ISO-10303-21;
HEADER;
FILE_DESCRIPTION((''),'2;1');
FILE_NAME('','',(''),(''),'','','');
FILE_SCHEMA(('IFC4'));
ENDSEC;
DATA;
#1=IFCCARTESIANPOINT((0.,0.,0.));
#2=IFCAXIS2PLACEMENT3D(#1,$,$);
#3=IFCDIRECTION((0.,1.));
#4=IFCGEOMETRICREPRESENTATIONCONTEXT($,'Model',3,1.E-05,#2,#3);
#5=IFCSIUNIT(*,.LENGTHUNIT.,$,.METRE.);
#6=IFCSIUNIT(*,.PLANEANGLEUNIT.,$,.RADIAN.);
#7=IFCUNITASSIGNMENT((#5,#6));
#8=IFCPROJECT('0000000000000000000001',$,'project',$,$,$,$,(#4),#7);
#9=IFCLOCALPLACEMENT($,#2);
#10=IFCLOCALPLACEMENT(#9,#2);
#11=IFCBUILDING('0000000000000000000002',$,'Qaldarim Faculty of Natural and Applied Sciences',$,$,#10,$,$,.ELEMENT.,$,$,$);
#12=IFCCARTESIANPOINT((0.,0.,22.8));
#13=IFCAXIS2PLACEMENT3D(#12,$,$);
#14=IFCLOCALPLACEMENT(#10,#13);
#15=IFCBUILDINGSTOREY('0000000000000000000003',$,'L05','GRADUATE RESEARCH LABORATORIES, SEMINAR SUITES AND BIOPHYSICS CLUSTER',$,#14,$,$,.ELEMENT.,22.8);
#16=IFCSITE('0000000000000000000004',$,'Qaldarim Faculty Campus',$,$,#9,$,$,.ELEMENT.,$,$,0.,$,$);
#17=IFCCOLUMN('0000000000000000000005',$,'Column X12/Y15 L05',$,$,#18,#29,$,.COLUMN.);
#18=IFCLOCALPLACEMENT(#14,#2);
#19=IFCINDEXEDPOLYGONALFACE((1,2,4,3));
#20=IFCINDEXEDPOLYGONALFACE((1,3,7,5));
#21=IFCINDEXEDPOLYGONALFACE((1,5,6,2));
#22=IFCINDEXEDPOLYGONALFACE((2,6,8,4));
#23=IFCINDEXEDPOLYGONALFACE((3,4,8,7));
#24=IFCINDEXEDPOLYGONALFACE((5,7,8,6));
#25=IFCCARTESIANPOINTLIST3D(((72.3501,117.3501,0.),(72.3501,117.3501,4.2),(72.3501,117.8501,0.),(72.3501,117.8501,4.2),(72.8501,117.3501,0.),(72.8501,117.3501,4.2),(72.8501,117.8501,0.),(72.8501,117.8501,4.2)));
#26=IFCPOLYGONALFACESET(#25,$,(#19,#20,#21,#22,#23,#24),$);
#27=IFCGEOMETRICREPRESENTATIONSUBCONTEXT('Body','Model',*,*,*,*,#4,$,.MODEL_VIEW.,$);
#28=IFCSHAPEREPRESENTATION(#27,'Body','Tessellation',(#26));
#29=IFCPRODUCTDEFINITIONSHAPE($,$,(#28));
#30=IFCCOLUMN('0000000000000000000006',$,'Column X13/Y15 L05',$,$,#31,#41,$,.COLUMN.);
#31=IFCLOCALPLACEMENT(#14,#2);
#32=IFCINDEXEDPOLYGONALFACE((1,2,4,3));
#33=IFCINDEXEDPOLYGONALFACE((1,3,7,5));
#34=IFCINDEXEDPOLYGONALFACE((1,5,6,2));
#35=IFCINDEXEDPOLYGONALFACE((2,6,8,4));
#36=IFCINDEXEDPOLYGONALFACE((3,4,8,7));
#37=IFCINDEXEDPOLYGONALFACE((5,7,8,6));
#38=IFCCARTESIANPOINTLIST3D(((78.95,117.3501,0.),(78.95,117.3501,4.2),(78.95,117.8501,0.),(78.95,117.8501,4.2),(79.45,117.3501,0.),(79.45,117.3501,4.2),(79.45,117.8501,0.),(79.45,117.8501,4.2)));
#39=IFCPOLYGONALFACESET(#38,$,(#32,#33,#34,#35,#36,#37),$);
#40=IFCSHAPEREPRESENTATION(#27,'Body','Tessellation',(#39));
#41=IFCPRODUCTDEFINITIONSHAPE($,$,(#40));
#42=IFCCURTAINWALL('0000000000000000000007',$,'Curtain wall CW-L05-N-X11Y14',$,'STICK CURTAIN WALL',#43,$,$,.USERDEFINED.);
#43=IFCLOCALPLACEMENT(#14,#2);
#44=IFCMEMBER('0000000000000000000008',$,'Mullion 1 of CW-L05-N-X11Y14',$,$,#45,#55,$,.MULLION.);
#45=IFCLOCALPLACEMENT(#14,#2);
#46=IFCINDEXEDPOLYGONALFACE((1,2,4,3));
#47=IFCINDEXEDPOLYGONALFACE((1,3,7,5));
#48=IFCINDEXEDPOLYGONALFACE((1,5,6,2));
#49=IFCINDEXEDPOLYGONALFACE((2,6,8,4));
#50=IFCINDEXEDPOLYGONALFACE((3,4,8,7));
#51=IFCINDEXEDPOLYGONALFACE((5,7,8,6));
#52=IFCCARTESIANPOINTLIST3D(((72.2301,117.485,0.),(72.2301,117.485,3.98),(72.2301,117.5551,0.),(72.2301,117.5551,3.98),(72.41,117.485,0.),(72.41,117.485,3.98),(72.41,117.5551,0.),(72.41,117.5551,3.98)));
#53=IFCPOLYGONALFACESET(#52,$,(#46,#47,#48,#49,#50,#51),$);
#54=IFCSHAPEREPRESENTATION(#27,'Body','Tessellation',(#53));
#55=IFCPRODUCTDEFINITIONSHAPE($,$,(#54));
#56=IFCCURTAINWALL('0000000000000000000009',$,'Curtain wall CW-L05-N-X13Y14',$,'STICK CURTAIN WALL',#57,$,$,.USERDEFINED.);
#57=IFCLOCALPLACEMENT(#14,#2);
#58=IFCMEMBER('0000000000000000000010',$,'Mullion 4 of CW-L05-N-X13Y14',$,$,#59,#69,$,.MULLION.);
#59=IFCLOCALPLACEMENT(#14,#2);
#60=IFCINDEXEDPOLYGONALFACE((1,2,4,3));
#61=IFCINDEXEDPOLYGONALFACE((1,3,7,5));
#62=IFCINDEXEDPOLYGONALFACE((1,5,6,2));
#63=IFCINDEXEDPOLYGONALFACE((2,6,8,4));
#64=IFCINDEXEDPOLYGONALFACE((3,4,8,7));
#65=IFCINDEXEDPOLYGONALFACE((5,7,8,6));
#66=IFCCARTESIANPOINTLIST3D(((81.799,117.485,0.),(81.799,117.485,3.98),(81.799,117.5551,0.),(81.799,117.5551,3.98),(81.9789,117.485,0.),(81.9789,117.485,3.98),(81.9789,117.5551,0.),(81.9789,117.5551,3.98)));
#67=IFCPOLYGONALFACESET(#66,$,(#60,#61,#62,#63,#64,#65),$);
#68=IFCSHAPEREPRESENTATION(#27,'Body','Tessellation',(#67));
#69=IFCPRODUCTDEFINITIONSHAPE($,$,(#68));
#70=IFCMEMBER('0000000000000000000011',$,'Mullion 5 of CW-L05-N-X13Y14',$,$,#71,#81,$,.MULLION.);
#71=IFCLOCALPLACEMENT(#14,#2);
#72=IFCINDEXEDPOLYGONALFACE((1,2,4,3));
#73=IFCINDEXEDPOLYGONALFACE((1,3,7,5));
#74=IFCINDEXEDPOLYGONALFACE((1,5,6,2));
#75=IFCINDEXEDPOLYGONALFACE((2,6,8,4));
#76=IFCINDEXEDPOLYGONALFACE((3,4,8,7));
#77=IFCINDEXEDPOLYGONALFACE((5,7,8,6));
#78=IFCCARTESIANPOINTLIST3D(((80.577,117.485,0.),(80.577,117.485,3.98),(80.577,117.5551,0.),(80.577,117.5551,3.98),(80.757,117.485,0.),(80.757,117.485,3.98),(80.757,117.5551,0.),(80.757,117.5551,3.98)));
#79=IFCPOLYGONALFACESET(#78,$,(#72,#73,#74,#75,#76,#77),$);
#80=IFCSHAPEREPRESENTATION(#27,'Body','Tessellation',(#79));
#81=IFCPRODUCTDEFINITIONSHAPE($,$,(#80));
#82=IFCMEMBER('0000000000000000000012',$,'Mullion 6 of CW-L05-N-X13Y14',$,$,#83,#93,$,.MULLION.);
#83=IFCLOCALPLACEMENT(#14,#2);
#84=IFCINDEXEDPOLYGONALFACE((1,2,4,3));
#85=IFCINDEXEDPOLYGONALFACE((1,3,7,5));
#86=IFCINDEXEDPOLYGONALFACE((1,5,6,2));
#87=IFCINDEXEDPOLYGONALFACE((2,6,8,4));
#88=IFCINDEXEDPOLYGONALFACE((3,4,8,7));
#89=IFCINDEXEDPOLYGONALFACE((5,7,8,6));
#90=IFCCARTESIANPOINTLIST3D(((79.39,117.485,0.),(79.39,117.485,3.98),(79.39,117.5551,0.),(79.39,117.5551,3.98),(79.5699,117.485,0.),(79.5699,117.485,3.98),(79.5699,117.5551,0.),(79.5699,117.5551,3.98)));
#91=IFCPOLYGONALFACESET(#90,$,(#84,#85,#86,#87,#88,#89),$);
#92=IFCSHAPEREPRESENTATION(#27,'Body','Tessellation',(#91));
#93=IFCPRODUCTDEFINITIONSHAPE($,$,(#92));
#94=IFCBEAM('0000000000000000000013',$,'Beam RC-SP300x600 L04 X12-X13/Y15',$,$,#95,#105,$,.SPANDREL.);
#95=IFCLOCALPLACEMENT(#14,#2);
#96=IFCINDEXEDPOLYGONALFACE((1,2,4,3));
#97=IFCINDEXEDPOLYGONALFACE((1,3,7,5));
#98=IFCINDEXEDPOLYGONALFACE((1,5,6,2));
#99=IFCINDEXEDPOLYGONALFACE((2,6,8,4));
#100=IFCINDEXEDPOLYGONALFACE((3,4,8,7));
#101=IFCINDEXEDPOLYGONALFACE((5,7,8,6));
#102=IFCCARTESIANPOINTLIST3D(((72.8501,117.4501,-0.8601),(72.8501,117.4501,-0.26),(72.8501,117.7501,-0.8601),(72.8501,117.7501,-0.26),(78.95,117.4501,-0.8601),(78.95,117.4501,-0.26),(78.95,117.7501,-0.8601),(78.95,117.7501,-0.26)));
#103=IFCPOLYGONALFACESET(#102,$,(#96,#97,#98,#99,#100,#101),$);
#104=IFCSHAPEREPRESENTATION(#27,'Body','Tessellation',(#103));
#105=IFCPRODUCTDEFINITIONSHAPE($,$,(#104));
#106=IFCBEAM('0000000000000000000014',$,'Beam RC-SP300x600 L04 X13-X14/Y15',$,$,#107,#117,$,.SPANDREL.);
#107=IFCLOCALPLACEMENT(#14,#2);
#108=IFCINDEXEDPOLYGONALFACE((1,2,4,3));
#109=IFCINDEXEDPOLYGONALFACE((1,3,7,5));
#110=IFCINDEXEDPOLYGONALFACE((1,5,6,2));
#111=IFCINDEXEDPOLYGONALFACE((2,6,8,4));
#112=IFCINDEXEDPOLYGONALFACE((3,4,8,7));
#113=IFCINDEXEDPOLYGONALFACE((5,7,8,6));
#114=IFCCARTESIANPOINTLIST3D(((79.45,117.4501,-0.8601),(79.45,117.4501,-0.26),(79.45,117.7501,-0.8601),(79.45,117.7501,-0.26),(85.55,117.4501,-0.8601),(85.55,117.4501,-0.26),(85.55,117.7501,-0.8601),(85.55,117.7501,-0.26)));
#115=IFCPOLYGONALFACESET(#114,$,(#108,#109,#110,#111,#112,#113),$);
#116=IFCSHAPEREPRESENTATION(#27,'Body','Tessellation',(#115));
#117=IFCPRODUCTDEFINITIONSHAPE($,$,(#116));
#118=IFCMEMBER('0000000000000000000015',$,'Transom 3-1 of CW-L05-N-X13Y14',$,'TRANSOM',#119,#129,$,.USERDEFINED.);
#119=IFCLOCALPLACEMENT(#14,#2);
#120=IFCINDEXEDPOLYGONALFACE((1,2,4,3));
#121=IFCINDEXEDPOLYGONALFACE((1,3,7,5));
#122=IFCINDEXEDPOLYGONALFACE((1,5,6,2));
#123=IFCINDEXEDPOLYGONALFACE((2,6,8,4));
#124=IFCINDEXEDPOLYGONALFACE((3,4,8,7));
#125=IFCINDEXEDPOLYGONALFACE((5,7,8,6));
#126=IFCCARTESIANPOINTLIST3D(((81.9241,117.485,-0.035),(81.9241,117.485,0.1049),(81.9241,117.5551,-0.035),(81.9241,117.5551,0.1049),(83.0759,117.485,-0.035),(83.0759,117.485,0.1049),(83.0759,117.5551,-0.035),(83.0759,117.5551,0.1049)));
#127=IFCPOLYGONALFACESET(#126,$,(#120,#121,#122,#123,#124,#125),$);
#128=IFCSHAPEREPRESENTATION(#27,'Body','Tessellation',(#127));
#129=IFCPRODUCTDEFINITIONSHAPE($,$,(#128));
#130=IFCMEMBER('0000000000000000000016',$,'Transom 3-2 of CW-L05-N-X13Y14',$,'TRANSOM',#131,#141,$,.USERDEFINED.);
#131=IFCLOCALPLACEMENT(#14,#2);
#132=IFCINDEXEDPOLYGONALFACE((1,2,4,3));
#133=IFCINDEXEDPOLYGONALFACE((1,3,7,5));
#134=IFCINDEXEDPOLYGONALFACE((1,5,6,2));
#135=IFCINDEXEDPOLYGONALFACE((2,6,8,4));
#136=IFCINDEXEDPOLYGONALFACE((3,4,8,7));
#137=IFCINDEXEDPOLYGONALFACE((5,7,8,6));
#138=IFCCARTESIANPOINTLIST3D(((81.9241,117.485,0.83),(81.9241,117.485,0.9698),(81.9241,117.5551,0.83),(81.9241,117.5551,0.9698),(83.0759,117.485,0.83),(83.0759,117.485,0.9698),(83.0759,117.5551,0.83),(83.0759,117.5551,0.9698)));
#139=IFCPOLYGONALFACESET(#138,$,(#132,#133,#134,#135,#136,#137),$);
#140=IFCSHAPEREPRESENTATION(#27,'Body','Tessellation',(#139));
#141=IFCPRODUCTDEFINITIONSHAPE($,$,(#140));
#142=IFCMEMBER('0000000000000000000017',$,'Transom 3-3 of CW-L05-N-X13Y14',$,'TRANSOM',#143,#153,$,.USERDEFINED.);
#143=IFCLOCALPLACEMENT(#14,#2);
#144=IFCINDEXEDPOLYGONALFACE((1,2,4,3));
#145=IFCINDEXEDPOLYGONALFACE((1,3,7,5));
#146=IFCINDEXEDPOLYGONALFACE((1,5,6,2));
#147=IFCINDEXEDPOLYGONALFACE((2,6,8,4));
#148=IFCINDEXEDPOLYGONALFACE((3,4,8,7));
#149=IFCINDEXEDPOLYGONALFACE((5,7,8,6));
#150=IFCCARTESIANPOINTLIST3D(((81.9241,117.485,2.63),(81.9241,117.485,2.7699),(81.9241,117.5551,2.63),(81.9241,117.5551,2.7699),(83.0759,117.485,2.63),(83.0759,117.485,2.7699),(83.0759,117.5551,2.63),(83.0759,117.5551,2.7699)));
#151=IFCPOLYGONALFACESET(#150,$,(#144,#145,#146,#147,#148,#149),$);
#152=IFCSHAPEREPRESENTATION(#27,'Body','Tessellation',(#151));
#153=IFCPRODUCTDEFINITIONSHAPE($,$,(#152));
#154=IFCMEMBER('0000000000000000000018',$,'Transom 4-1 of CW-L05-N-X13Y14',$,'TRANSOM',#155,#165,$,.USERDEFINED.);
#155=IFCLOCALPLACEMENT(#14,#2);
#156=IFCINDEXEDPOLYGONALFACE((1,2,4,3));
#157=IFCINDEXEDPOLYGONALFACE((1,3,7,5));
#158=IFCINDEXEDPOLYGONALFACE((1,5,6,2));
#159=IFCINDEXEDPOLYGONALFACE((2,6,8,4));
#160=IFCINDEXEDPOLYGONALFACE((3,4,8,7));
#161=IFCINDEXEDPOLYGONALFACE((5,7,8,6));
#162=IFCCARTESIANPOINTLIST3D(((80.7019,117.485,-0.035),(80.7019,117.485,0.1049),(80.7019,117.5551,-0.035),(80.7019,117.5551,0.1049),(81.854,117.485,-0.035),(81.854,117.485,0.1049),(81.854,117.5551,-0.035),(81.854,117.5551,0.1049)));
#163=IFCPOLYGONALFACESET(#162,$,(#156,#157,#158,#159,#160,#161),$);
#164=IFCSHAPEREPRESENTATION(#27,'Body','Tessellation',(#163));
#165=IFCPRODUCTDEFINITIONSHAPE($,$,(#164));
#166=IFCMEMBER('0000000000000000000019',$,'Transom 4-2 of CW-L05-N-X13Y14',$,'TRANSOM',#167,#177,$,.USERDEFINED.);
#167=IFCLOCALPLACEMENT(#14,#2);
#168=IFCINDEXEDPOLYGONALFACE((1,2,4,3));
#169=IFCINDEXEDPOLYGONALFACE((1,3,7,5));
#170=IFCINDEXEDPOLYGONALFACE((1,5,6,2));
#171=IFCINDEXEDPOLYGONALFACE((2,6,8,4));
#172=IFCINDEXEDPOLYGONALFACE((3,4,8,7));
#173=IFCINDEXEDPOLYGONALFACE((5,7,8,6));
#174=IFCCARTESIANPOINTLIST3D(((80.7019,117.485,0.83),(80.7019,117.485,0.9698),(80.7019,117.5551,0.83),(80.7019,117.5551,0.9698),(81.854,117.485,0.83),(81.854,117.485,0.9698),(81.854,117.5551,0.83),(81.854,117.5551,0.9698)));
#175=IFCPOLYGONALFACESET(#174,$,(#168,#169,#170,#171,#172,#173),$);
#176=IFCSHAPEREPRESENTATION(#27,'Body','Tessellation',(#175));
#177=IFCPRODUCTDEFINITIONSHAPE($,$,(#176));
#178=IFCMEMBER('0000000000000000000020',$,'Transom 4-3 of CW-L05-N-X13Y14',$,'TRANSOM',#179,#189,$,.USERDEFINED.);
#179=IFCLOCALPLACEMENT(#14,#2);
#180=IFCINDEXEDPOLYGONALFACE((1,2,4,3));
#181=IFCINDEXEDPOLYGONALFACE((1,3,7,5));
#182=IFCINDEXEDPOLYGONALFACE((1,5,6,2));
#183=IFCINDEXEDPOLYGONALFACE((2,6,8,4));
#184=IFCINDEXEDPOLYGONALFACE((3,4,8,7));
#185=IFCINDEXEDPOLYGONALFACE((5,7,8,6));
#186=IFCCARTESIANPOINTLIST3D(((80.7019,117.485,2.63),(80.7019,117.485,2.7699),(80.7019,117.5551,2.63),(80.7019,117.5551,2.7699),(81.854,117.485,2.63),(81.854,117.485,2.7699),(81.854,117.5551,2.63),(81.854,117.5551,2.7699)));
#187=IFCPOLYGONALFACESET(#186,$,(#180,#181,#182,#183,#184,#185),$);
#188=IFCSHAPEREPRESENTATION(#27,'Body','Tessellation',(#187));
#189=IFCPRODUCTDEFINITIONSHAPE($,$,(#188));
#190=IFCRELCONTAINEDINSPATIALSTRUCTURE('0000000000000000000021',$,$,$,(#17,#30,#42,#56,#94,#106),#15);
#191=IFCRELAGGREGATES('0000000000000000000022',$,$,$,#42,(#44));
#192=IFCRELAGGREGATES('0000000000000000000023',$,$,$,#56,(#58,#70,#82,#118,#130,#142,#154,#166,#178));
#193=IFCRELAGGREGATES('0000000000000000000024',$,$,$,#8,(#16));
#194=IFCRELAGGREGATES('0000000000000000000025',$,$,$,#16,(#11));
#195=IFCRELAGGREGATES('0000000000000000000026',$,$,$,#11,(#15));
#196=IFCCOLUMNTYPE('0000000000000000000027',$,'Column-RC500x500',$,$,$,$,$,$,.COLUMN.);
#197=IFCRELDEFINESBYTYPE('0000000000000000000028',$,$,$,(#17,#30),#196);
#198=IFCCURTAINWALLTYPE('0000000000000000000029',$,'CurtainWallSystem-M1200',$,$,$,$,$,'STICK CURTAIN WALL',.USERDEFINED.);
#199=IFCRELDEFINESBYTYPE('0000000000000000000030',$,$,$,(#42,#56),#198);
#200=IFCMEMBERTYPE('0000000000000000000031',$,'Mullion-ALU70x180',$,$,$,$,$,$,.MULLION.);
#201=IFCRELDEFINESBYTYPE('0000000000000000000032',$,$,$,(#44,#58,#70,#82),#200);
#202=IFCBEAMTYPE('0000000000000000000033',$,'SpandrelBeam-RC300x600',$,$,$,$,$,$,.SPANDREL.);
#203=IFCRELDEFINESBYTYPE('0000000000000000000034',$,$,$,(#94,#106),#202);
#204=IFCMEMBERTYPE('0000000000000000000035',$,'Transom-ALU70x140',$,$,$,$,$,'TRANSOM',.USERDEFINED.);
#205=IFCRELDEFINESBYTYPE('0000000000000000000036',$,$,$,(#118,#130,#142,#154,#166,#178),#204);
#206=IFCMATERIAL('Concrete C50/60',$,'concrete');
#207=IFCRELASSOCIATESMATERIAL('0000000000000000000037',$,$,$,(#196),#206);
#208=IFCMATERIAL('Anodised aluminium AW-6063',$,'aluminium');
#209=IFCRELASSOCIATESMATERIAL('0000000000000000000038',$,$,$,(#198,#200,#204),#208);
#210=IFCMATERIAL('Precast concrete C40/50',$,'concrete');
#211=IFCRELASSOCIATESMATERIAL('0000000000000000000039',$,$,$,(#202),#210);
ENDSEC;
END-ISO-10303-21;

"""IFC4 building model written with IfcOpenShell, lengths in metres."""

from ifc_helpers import new_model, si_unit, direction, frame, origin, origin_2d, place, context, subcontext, project, spatial, rectangle, extrude, material, material_profile, profile_set, type_object, element, aggregate, save


model = new_model("IFC4")

# Units and contexts
model_context = context("Model", 3, precision=1e-05, world=origin(), true_north=direction((0.0, 1.0)))
body_context = subcontext(model_context, "Body", "Model", "MODEL_VIEW")
ifc_project = project(units=[si_unit("LENGTHUNIT", "METRE"), si_unit("PLANEANGLEUNIT", "RADIAN")], contexts=[model_context])

# Site, building, storey
site_placement = place(None, origin())
site = spatial("IfcSite", under=ifc_project, at=site_placement, Name="Qaldarim Faculty Campus", CompositionType="ELEMENT", RefElevation=0.0)
building_placement = place(site_placement, origin())
building = spatial("IfcBuilding", under=site, at=building_placement, Name="Qaldarim Faculty of Natural and Applied Sciences", CompositionType="ELEMENT")
storey_placement = place(building_placement, frame((0.0, 0.0, 22.8)))
storey = spatial("IfcBuildingStorey", under=building, at=storey_placement, Name="L05", Description="GRADUATE RESEARCH LABORATORIES, SEMINAR SUITES AND BIOPHYSICS CLUSTER", CompositionType="ELEMENT", Elevation=22.8)

# Columns
ifc_material_1 = material(Name="Concrete C50/60", Category="concrete")
ifc_material_profile_1 = material_profile(ifc_material_1, rectangle(XDim=0.5, YDim=0.5, at=origin_2d()), Name="RC-C500x500")
ifc_profile_set_1 = profile_set([ifc_material_profile_1], Name="Concrete C50/60")
column_type = type_object("IfcColumnType", Name="Column-RC500x500", PredefinedType="COLUMN", material=ifc_profile_set_1)
for number, where, z_axis, x_axis, name in (
    (1, (72.6001, 117.6001, 0.0), (0.0, 0.0, 1.0), (1.0, 0.0, 0.0), "Column X12/Y15 L05"),
    (2, (79.2, 117.6001, 0.0), (0.0, 0.0, 1.0), (1.0, 0.0, 0.0), "Column X13/Y15 L05"),
):
    element("IfcColumn", number, at=place(storey_placement, frame(where, z_axis=z_axis, x_axis=x_axis)), inside=storey, type_object=column_type, Name=name, PredefinedType="COLUMN", context=body_context, shape_type="SweptSolid", body=[
        extrude(rectangle(XDim=0.5, YDim=0.5, at=origin_2d()), origin(), (0.0, 0.0, 1.0), 4.2),
    ])

# Curtain wall, member
ifc_material_2 = material(Name="Anodised aluminium AW-6063", Category="aluminium")
curtain_wall_type = type_object("IfcCurtainWallType", Name="CurtainWallSystem-M1200", ElementType="STICK CURTAIN WALL", PredefinedType="USERDEFINED", material=ifc_material_2)
curtain_wall_1_placement = place(storey_placement, origin())
curtain_wall_1 = element("IfcCurtainWall", 3, at=curtain_wall_1_placement, inside=storey, type_object=curtain_wall_type, Name="Curtain wall CW-L05-N-X11Y14", ObjectType="STICK CURTAIN WALL", PredefinedType="USERDEFINED")
ifc_material_profile_2 = material_profile(ifc_material_2, rectangle(XDim=0.0701, YDim=0.1799, at=origin_2d()), Name="ALU-M70x180")
ifc_profile_set_2 = profile_set([ifc_material_profile_2], Name="Anodised aluminium AW-6063")
member_type_1 = type_object("IfcMemberType", Name="Mullion-ALU70x180", PredefinedType="MULLION", material=ifc_profile_set_2)
member_1_placement = place(storey_placement, frame((72.3201, 117.52, 0.0), z_axis=(0.0, 0.0, 1.0), x_axis=(0.0, -1.0, 0.0)))
member_1 = element("IfcMember", 4, at=member_1_placement, type_object=member_type_1, Name="Mullion 1 of CW-L05-N-X11Y14", PredefinedType="MULLION", context=body_context, shape_type="SweptSolid", body=[
    extrude(rectangle(XDim=0.0701, YDim=0.1799, at=origin_2d()), origin(), (0.0, 0.0, 1.0), 3.98),
])
aggregate(curtain_wall_1, [member_1])

# Curtain wall, members
curtain_wall_2_placement = place(storey_placement, origin())
curtain_wall_2 = element("IfcCurtainWall", 5, at=curtain_wall_2_placement, inside=storey, type_object=curtain_wall_type, Name="Curtain wall CW-L05-N-X13Y14", ObjectType="STICK CURTAIN WALL", PredefinedType="USERDEFINED")
member_2_placement = place(storey_placement, frame((81.8889, 117.52, 0.0), z_axis=(0.0, 0.0, 1.0), x_axis=(0.0, -1.0, 0.0)))
member_2 = element("IfcMember", 6, at=member_2_placement, type_object=member_type_1, Name="Mullion 4 of CW-L05-N-X13Y14", PredefinedType="MULLION", context=body_context, shape_type="SweptSolid", body=[
    extrude(rectangle(XDim=0.0701, YDim=0.1799, at=origin_2d()), origin(), (0.0, 0.0, 1.0), 3.98),
])
member_3_placement = place(storey_placement, frame((80.667, 117.52, 0.0), z_axis=(0.0, 0.0, 1.0), x_axis=(0.0, -1.0, 0.0)))
member_3 = element("IfcMember", 7, at=member_3_placement, type_object=member_type_1, Name="Mullion 5 of CW-L05-N-X13Y14", PredefinedType="MULLION", context=body_context, shape_type="SweptSolid", body=[
    extrude(rectangle(XDim=0.0701, YDim=0.1799, at=origin_2d()), origin(), (0.0, 0.0, 1.0), 3.98),
])
member_4_placement = place(storey_placement, frame((79.48, 117.52, 0.0), z_axis=(0.0, 0.0, 1.0), x_axis=(0.0, -1.0, 0.0)))
member_4 = element("IfcMember", 8, at=member_4_placement, type_object=member_type_1, Name="Mullion 6 of CW-L05-N-X13Y14", PredefinedType="MULLION", context=body_context, shape_type="SweptSolid", body=[
    extrude(rectangle(XDim=0.0701, YDim=0.1799, at=origin_2d()), origin(), (0.0, 0.0, 1.0), 3.98),
])

# Beams
ifc_material_3 = material(Name="Precast concrete C40/50", Category="concrete")
ifc_material_profile_3 = material_profile(ifc_material_3, rectangle(XDim=0.3, YDim=0.6001, at=origin_2d()), Name="RC-SP300x600")
ifc_profile_set_3 = profile_set([ifc_material_profile_3], Name="Precast concrete C40/50")
beam_type = type_object("IfcBeamType", Name="SpandrelBeam-RC300x600", PredefinedType="SPANDREL", material=ifc_profile_set_3)
beam_1_placement = place(storey_placement, frame((72.8501, 117.6001, -0.5601), z_axis=(1.0, 0.0, 0.0), x_axis=(0.0, 1.0, 0.0)))
element("IfcBeam", 9, at=beam_1_placement, inside=storey, type_object=beam_type, Name="Beam RC-SP300x600 L04 X12-X13/Y15", PredefinedType="SPANDREL", context=body_context, shape_type="SweptSolid", body=[
    extrude(rectangle(XDim=0.3, YDim=0.6001, at=origin_2d()), origin(), (0.0, 0.0, 1.0), 6.0999),
])
beam_2_placement = place(storey_placement, frame((79.45, 117.6001, -0.5601), z_axis=(1.0, 0.0, 0.0), x_axis=(0.0, 1.0, 0.0)))
element("IfcBeam", 10, at=beam_2_placement, inside=storey, type_object=beam_type, Name="Beam RC-SP300x600 L04 X13-X14/Y15", PredefinedType="SPANDREL", context=body_context, shape_type="SweptSolid", body=[
    extrude(rectangle(XDim=0.3, YDim=0.6001, at=origin_2d()), origin(), (0.0, 0.0, 1.0), 6.1001),
])

# Members
ifc_material_profile_4 = material_profile(ifc_material_2, rectangle(XDim=0.0701, YDim=0.1399, at=origin_2d()), Name="ALU-T70x140")
ifc_profile_set_4 = profile_set([ifc_material_profile_4], Name="Anodised aluminium AW-6063")
member_type_2 = type_object("IfcMemberType", Name="Transom-ALU70x140", ElementType="TRANSOM", PredefinedType="USERDEFINED", material=ifc_profile_set_4)
member_5_placement = place(storey_placement, frame((83.0759, 117.52, 0.0349), z_axis=(-1.0, 0.0, 0.0), x_axis=(0.0, -1.0, 0.0)))
member_5 = element("IfcMember", 11, at=member_5_placement, type_object=member_type_2, Name="Transom 3-1 of CW-L05-N-X13Y14", ObjectType="TRANSOM", PredefinedType="USERDEFINED", context=body_context, shape_type="SweptSolid", body=[
    extrude(rectangle(XDim=0.0701, YDim=0.1399, at=origin_2d()), origin(), (0.0, 0.0, 1.0), 1.1519),
])
member_6_placement = place(storey_placement, frame((83.0759, 117.52, 0.8999), z_axis=(-1.0, 0.0, 0.0), x_axis=(0.0, -1.0, 0.0)))
member_6 = element("IfcMember", 12, at=member_6_placement, type_object=member_type_2, Name="Transom 3-2 of CW-L05-N-X13Y14", ObjectType="TRANSOM", PredefinedType="USERDEFINED", context=body_context, shape_type="SweptSolid", body=[
    extrude(rectangle(XDim=0.0701, YDim=0.1399, at=origin_2d()), origin(), (0.0, 0.0, 1.0), 1.1519),
])
member_7_placement = place(storey_placement, frame((83.0759, 117.52, 2.7), z_axis=(-1.0, 0.0, 0.0), x_axis=(0.0, -1.0, 0.0)))
member_7 = element("IfcMember", 13, at=member_7_placement, type_object=member_type_2, Name="Transom 3-3 of CW-L05-N-X13Y14", ObjectType="TRANSOM", PredefinedType="USERDEFINED", context=body_context, shape_type="SweptSolid", body=[
    extrude(rectangle(XDim=0.0701, YDim=0.1399, at=origin_2d()), origin(), (0.0, 0.0, 1.0), 1.1519),
])
member_8_placement = place(storey_placement, frame((81.854, 117.52, 0.0349), z_axis=(-1.0, 0.0, 0.0), x_axis=(0.0, -1.0, 0.0)))
member_8 = element("IfcMember", 14, at=member_8_placement, type_object=member_type_2, Name="Transom 4-1 of CW-L05-N-X13Y14", ObjectType="TRANSOM", PredefinedType="USERDEFINED", context=body_context, shape_type="SweptSolid", body=[
    extrude(rectangle(XDim=0.0701, YDim=0.1399, at=origin_2d()), origin(), (0.0, 0.0, 1.0), 1.1521),
])
member_9_placement = place(storey_placement, frame((81.854, 117.52, 0.8999), z_axis=(-1.0, 0.0, 0.0), x_axis=(0.0, -1.0, 0.0)))
member_9 = element("IfcMember", 15, at=member_9_placement, type_object=member_type_2, Name="Transom 4-2 of CW-L05-N-X13Y14", ObjectType="TRANSOM", PredefinedType="USERDEFINED", context=body_context, shape_type="SweptSolid", body=[
    extrude(rectangle(XDim=0.0701, YDim=0.1399, at=origin_2d()), origin(), (0.0, 0.0, 1.0), 1.1521),
])
member_10_placement = place(storey_placement, frame((81.854, 117.52, 2.7), z_axis=(-1.0, 0.0, 0.0), x_axis=(0.0, -1.0, 0.0)))
member_10 = element("IfcMember", 16, at=member_10_placement, type_object=member_type_2, Name="Transom 4-3 of CW-L05-N-X13Y14", ObjectType="TRANSOM", PredefinedType="USERDEFINED", context=body_context, shape_type="SweptSolid", body=[
    extrude(rectangle(XDim=0.0701, YDim=0.1399, at=origin_2d()), origin(), (0.0, 0.0, 1.0), 1.1521),
])

aggregate(curtain_wall_2, [member_2, member_3, member_4, member_5, member_6, member_7, member_8, member_9, member_10])

save(model, "model.ifc")
